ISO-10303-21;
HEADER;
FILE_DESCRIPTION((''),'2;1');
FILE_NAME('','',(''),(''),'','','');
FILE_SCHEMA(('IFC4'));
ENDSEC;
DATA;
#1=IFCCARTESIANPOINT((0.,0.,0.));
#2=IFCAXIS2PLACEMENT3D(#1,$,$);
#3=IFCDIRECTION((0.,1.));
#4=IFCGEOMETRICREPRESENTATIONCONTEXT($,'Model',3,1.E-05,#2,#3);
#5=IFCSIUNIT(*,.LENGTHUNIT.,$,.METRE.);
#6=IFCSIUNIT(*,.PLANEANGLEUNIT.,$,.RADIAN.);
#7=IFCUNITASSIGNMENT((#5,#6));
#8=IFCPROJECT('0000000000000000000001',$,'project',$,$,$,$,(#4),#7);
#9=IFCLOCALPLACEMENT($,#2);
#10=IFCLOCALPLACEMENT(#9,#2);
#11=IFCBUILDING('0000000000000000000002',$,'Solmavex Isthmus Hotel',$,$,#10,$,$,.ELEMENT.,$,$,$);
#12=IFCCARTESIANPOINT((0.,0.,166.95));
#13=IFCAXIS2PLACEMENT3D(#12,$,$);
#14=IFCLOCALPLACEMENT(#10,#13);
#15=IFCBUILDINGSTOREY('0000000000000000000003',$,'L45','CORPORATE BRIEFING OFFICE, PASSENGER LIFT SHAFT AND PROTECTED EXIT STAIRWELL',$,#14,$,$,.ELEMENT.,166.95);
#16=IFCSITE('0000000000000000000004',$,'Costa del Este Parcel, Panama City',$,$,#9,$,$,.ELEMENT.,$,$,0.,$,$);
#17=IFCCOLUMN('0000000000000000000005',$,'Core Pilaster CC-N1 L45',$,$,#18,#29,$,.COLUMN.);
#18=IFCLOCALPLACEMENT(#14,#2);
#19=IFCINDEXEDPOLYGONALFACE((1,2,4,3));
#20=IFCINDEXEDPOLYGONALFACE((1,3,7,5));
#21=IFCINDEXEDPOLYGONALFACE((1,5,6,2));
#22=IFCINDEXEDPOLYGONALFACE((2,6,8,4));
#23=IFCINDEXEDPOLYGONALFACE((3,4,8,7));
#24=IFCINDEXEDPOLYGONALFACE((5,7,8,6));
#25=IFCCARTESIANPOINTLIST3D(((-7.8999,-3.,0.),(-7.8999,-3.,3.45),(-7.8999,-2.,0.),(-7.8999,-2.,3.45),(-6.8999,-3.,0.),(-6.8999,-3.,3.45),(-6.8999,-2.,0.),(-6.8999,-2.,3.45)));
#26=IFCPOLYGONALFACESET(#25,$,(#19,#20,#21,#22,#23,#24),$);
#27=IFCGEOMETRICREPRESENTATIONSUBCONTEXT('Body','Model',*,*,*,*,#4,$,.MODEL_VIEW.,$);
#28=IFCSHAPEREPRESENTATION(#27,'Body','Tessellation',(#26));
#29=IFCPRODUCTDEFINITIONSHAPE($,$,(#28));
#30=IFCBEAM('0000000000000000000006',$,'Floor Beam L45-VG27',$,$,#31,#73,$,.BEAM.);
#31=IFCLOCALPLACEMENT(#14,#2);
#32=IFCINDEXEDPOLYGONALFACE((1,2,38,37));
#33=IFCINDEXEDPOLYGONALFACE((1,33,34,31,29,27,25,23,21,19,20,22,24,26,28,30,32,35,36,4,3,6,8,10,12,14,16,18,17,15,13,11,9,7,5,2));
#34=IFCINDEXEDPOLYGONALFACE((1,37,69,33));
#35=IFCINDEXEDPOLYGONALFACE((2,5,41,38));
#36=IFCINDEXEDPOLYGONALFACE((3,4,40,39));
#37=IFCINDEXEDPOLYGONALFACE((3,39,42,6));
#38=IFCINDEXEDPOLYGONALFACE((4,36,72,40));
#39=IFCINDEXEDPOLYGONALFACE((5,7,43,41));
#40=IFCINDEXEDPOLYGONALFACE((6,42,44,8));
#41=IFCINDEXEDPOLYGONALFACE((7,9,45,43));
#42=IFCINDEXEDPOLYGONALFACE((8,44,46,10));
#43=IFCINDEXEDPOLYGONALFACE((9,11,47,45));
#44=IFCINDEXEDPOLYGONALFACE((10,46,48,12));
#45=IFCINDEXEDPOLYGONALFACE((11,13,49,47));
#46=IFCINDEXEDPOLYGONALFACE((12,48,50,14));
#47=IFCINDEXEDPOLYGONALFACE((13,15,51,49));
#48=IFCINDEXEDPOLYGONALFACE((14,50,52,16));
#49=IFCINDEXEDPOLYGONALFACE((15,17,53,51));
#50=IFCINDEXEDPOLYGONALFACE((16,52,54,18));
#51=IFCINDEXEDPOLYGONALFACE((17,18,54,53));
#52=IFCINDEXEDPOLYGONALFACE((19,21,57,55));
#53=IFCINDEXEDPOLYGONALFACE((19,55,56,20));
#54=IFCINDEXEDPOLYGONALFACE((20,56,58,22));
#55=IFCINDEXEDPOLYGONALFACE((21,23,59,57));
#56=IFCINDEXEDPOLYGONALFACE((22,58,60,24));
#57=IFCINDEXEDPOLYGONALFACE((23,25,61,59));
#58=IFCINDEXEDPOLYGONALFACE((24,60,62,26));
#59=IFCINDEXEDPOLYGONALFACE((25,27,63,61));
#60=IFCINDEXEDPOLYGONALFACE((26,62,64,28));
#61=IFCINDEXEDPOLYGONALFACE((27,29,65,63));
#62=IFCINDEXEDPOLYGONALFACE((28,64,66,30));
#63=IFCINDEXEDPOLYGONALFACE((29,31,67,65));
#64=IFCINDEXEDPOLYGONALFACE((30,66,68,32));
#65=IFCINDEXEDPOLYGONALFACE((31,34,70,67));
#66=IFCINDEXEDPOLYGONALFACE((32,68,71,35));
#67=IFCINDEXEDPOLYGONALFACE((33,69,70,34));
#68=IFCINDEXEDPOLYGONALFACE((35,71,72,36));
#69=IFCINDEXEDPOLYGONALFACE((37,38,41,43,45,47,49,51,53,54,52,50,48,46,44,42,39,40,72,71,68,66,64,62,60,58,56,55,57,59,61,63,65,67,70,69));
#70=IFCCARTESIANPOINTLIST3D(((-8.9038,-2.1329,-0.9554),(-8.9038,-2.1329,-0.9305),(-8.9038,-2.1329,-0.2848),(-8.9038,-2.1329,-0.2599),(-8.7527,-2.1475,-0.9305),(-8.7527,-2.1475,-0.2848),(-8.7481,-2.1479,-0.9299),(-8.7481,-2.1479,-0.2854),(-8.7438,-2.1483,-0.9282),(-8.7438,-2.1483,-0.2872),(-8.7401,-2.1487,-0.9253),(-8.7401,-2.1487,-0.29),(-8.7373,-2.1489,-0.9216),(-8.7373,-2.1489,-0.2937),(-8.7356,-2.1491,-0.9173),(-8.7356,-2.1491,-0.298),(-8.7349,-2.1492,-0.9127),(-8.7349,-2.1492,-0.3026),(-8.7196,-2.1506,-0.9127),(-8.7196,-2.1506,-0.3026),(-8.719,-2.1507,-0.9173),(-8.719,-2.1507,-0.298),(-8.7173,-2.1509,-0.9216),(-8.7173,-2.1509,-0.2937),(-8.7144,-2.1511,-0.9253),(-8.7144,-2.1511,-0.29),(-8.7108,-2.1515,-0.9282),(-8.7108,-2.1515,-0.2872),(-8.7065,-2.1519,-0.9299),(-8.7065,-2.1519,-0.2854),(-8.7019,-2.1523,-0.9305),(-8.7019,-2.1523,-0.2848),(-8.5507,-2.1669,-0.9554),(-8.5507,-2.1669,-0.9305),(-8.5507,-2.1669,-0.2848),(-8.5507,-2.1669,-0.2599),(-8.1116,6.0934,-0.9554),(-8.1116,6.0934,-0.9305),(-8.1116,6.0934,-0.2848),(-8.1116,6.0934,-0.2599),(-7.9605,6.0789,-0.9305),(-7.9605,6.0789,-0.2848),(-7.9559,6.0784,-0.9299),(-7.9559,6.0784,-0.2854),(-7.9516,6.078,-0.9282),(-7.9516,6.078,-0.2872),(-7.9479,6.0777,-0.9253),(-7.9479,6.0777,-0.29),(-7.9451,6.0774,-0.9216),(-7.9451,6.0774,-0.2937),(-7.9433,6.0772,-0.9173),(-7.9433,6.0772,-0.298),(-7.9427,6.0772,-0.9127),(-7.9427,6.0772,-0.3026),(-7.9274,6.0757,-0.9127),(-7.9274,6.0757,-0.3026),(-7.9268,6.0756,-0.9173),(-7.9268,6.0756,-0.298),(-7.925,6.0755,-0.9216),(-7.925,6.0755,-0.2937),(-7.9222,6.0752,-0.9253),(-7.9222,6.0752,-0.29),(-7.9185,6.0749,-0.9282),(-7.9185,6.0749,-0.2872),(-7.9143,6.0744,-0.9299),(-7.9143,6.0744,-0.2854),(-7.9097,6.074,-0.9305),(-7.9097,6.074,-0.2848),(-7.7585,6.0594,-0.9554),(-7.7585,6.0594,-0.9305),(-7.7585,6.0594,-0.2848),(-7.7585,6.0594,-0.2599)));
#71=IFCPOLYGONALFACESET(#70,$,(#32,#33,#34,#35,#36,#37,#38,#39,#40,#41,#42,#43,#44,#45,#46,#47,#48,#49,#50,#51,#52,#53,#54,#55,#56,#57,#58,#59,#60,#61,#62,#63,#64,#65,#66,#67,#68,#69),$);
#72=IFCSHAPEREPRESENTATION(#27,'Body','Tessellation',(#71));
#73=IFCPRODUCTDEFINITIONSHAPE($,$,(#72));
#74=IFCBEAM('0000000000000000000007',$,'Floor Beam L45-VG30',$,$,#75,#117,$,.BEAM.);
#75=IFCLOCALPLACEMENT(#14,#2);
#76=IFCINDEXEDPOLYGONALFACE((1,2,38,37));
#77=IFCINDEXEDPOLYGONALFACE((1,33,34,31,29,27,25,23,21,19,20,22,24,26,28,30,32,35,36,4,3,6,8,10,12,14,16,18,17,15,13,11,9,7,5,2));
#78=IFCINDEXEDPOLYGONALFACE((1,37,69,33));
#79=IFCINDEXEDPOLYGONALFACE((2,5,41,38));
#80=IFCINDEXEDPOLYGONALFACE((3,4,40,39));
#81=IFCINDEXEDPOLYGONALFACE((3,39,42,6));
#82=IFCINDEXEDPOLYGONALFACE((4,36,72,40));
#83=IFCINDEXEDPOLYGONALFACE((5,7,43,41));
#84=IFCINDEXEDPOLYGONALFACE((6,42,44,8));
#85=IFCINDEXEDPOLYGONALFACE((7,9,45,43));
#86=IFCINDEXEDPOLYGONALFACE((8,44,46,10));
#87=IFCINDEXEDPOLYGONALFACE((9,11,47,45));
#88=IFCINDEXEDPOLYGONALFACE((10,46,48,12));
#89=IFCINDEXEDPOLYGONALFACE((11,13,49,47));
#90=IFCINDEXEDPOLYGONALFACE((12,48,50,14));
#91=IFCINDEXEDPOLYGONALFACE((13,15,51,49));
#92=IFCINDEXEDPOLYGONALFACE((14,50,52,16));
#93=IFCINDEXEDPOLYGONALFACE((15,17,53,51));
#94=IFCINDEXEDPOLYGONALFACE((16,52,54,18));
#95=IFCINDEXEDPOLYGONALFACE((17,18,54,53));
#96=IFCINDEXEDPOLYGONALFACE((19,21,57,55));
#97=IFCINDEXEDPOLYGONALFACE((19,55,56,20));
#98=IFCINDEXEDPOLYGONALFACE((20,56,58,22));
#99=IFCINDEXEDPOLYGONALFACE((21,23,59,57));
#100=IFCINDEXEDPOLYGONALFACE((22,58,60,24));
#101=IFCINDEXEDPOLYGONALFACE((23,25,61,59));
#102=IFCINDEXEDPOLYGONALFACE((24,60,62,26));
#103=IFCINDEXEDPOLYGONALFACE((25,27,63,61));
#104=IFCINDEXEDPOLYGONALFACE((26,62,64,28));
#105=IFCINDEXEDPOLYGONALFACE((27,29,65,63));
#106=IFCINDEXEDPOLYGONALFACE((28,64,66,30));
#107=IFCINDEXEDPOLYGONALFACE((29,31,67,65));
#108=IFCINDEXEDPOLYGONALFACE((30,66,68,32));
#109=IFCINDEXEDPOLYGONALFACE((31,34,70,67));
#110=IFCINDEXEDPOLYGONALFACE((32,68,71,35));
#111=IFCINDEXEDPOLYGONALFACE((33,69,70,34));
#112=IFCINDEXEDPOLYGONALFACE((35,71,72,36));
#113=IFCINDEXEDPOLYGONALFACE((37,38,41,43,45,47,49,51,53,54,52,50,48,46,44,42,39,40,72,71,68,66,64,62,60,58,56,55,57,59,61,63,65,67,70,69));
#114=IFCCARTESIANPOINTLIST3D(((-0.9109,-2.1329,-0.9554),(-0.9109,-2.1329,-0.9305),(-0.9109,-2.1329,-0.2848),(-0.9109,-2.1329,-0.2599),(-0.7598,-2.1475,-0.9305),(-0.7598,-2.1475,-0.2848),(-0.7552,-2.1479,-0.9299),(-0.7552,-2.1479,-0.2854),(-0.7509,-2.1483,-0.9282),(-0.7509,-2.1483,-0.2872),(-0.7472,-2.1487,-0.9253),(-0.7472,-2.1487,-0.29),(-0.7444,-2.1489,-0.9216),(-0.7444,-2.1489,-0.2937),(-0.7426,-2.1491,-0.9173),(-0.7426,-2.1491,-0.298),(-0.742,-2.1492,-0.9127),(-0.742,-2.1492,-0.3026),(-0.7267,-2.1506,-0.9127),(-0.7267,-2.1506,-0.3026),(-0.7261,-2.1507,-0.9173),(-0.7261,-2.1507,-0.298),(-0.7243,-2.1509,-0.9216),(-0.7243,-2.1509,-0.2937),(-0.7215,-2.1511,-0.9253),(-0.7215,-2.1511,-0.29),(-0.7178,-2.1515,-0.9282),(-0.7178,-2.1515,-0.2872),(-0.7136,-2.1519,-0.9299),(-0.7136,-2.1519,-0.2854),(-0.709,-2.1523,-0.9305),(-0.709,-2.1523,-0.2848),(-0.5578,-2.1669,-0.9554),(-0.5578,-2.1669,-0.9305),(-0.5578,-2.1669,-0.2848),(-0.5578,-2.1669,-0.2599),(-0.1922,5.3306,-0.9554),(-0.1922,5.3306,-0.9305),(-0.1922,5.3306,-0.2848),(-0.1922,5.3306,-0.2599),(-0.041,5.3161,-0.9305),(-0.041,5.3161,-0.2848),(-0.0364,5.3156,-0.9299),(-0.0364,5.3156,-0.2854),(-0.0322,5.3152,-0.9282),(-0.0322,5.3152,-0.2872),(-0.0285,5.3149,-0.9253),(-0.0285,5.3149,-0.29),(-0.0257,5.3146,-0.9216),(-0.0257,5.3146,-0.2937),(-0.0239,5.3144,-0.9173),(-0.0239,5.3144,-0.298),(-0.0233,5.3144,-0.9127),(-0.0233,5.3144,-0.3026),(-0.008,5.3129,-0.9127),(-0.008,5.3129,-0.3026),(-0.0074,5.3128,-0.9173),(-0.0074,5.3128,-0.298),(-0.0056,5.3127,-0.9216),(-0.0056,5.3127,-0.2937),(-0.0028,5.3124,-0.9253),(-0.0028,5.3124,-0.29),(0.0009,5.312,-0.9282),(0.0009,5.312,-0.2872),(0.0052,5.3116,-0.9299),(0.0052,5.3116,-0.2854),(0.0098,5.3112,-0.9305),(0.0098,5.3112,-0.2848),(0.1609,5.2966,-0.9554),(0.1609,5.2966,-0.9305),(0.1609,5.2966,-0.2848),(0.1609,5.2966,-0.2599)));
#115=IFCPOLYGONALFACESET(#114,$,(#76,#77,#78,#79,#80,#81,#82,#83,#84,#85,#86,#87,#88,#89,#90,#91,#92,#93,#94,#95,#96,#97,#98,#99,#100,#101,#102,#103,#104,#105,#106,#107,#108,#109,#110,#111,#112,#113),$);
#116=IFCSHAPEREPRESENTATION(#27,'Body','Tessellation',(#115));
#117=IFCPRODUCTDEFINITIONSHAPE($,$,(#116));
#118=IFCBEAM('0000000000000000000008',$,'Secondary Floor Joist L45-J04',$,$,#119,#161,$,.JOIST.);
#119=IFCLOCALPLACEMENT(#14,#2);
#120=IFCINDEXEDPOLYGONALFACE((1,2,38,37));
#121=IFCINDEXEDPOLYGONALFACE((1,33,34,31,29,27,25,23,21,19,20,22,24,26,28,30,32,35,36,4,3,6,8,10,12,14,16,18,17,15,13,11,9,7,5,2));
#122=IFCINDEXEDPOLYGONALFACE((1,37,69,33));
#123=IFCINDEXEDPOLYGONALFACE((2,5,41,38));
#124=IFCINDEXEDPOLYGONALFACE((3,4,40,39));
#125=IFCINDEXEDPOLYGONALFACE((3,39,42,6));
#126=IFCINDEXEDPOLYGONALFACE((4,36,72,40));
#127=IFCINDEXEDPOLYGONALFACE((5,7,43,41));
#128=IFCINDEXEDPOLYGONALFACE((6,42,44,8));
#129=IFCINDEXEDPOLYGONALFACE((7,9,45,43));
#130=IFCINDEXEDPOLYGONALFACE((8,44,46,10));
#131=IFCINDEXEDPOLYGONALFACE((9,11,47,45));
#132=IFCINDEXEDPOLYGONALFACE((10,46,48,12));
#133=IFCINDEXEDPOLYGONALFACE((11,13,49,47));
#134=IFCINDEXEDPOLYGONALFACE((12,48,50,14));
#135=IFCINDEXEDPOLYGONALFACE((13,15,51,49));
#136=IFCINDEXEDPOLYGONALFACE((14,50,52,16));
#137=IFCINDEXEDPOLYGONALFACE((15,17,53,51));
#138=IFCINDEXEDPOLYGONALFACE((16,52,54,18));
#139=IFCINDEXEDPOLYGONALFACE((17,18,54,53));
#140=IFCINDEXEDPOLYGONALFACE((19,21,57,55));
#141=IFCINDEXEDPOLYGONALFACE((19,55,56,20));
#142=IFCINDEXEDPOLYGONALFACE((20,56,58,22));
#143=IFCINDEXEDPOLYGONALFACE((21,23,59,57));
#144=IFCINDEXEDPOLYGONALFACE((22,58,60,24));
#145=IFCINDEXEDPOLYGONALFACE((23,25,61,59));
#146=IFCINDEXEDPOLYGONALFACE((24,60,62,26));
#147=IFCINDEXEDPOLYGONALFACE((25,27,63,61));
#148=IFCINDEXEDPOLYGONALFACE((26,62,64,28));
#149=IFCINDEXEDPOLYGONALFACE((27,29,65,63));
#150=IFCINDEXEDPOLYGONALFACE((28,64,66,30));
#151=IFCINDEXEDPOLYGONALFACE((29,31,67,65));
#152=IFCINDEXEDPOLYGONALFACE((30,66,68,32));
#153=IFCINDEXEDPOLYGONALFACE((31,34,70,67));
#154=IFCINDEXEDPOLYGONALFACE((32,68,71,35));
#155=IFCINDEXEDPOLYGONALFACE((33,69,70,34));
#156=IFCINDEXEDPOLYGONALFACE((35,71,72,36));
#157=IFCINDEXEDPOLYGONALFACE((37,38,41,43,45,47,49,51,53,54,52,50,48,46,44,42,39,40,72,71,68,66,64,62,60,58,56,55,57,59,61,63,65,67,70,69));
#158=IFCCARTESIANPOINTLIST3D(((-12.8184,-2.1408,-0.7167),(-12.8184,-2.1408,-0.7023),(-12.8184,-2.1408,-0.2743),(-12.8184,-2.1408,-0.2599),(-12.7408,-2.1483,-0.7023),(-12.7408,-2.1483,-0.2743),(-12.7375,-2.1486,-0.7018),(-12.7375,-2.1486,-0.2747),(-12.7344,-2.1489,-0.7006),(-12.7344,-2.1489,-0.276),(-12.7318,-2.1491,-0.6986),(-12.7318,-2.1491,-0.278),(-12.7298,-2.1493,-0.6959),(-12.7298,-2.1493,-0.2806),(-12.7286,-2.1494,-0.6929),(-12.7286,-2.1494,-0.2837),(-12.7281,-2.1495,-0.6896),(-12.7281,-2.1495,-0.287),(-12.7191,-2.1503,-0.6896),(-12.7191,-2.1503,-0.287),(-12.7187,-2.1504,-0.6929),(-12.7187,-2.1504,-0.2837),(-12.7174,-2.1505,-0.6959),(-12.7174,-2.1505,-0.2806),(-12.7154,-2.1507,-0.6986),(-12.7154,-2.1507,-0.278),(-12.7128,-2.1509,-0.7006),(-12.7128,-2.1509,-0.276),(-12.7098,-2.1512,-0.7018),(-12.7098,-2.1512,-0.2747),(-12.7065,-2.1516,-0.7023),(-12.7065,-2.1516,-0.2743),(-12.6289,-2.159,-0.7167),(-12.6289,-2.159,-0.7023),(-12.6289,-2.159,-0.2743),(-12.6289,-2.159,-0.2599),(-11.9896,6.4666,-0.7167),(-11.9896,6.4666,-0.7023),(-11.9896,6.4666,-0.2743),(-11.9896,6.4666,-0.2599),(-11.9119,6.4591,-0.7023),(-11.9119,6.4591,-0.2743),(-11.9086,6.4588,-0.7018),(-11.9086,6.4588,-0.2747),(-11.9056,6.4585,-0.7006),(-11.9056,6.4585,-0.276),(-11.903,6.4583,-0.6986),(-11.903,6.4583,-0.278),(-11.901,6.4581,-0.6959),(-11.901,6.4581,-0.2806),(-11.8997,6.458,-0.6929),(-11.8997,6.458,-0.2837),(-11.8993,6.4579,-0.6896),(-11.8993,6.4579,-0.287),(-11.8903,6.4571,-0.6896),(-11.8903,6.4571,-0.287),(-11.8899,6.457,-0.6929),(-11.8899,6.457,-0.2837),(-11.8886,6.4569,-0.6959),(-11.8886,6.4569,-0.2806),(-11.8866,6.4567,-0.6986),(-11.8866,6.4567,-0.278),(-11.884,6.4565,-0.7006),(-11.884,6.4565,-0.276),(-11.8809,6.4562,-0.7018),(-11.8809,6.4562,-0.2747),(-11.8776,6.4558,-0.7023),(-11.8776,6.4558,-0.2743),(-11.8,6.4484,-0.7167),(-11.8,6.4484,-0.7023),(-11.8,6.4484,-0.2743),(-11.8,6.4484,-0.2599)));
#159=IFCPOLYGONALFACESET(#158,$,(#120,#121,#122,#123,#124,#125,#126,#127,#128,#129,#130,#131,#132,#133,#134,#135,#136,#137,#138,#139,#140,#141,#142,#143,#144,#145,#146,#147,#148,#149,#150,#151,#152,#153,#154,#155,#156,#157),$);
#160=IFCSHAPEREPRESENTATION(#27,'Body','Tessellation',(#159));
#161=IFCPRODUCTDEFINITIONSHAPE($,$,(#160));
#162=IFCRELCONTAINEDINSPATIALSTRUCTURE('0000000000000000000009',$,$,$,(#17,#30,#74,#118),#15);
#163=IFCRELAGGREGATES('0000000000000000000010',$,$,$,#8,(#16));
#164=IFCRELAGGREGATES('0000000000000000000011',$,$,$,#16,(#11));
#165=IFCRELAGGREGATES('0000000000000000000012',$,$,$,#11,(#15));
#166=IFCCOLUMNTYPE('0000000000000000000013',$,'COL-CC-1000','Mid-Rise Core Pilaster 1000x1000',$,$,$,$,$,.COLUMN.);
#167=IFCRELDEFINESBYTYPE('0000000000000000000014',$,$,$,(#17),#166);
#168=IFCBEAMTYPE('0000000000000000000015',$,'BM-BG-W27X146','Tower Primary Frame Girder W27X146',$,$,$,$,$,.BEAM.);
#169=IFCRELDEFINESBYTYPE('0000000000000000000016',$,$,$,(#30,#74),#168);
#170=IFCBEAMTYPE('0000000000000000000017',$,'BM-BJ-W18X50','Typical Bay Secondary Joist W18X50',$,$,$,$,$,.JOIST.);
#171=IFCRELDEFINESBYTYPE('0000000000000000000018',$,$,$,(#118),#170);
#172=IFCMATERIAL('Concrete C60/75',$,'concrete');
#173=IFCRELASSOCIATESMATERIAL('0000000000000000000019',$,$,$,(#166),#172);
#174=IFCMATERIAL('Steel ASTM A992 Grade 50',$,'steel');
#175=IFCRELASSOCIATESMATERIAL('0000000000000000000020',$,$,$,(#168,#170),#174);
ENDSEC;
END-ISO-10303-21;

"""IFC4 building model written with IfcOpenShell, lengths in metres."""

from ifc_helpers import new_model, si_unit, direction, frame, origin, origin_2d, place, context, subcontext, project, spatial, rectangle, i_section, extrude, material, material_profile, profile_set, type_object, element, save


model = new_model("IFC4")

# Units and contexts
model_context = context("Model", 3, precision=1e-05, world=origin(), true_north=direction((0.0, 1.0)))
body_context = subcontext(model_context, "Body", "Model", "MODEL_VIEW")
ifc_project = project(units=[si_unit("LENGTHUNIT", "METRE"), si_unit("PLANEANGLEUNIT", "RADIAN")], contexts=[model_context])

# Site, building, storey
site_placement = place(None, origin())
site = spatial("IfcSite", under=ifc_project, at=site_placement, Name="Costa del Este Parcel, Panama City", CompositionType="ELEMENT", RefElevation=0.0)
building_placement = place(site_placement, origin())
building = spatial("IfcBuilding", under=site, at=building_placement, Name="Solmavex Isthmus Hotel", CompositionType="ELEMENT")
storey_placement = place(building_placement, frame((0.0, 0.0, 166.95)))
storey = spatial("IfcBuildingStorey", under=building, at=storey_placement, Name="L45", Description="CORPORATE BRIEFING OFFICE, PASSENGER LIFT SHAFT AND PROTECTED EXIT STAIRWELL", CompositionType="ELEMENT", Elevation=166.95)

# Column
ifc_material_1 = material(Name="Concrete C60/75", Category="concrete")
ifc_material_profile_1 = material_profile(ifc_material_1, rectangle(XDim=1.0, YDim=1.0, at=origin_2d()), Name="RC1000X1000")
ifc_profile_set_1 = profile_set([ifc_material_profile_1], Name="Concrete C60/75")
column_type = type_object("IfcColumnType", Name="COL-CC-1000", Description="Mid-Rise Core Pilaster 1000x1000", PredefinedType="COLUMN", material=ifc_profile_set_1)
column_placement = place(storey_placement, frame((-7.3999, -2.5, 0.0), z_axis=(0.0, 0.0, 1.0), x_axis=(1.0, 0.0, 0.0)))
element("IfcColumn", 1, at=column_placement, inside=storey, type_object=column_type, Name="Core Pilaster CC-N1 L45", PredefinedType="COLUMN", context=body_context, shape_type="SweptSolid", body=[
    extrude(rectangle(XDim=1.0, YDim=1.0, at=origin_2d()), origin(), (0.0, 0.0, 1.0), 3.45),
])

# Beams
ifc_material_2 = material(Name="Steel ASTM A992 Grade 50", Category="steel")
ifc_material_profile_2 = material_profile(ifc_material_2, i_section(OverallWidth=0.3547, OverallDepth=0.6956, WebThickness=0.0154, FlangeThickness=0.0249, FilletRadius=0.0178, at=origin_2d()), Name="W27X146")
ifc_profile_set_2 = profile_set([ifc_material_profile_2], Name="Steel ASTM A992 Grade 50")
beam_type_1 = type_object("IfcBeamType", Name="BM-BG-W27X146", Description="Tower Primary Frame Girder W27X146", PredefinedType="BEAM", material=ifc_profile_set_2)
beam_1_placement = place(storey_placement, frame((-8.7273, -2.1499, -0.6077), z_axis=(0.095862, 0.995395, 0.0), x_axis=(-0.995395, 0.095862, 0.0)))
element("IfcBeam", 2, at=beam_1_placement, inside=storey, type_object=beam_type_1, Name="Floor Beam L45-VG27", PredefinedType="BEAM", context=body_context, shape_type="SweptSolid", body=[
    extrude(i_section(OverallWidth=0.3547, OverallDepth=0.6956, WebThickness=0.0154, FlangeThickness=0.0249, FilletRadius=0.0178, at=origin_2d()), origin(), (0.0, 0.0, 1.0), 8.2644),
])
beam_2_placement = place(storey_placement, frame((-0.7344, -2.1499, -0.6077), z_axis=(0.095857, 0.995395, 0.0), x_axis=(-0.995395, 0.095857, 0.0)))
element("IfcBeam", 3, at=beam_2_placement, inside=storey, type_object=beam_type_1, Name="Floor Beam L45-VG30", PredefinedType="BEAM", context=body_context, shape_type="SweptSolid", body=[
    extrude(i_section(OverallWidth=0.3547, OverallDepth=0.6956, WebThickness=0.0154, FlangeThickness=0.0249, FilletRadius=0.0178, at=origin_2d()), origin(), (0.0, 0.0, 1.0), 7.498),
])
ifc_material_profile_3 = material_profile(ifc_material_2, i_section(OverallWidth=0.1904, OverallDepth=0.4568, WebThickness=0.009, FlangeThickness=0.0144, FilletRadius=0.0127, at=origin_2d()), Name="W18X50")
ifc_profile_set_3 = profile_set([ifc_material_profile_3], Name="Steel ASTM A992 Grade 50")
beam_type_2 = type_object("IfcBeamType", Name="BM-BJ-W18X50", Description="Typical Bay Secondary Joist W18X50", PredefinedType="JOIST", material=ifc_profile_set_3)
beam_3_placement = place(storey_placement, frame((-12.7236, -2.1499, -0.4883), z_axis=(0.095852, 0.995396, 0.0), x_axis=(-0.995396, 0.095852, 0.0)))
element("IfcBeam", 4, at=beam_3_placement, inside=storey, type_object=beam_type_2, Name="Secondary Floor Joist L45-J04", PredefinedType="JOIST", context=body_context, shape_type="SweptSolid", body=[
    extrude(i_section(OverallWidth=0.1904, OverallDepth=0.4568, WebThickness=0.009, FlangeThickness=0.0144, FilletRadius=0.0127, at=origin_2d()), origin(), (0.0, 0.0, 1.0), 8.6472),
])

save(model, "model.ifc")
